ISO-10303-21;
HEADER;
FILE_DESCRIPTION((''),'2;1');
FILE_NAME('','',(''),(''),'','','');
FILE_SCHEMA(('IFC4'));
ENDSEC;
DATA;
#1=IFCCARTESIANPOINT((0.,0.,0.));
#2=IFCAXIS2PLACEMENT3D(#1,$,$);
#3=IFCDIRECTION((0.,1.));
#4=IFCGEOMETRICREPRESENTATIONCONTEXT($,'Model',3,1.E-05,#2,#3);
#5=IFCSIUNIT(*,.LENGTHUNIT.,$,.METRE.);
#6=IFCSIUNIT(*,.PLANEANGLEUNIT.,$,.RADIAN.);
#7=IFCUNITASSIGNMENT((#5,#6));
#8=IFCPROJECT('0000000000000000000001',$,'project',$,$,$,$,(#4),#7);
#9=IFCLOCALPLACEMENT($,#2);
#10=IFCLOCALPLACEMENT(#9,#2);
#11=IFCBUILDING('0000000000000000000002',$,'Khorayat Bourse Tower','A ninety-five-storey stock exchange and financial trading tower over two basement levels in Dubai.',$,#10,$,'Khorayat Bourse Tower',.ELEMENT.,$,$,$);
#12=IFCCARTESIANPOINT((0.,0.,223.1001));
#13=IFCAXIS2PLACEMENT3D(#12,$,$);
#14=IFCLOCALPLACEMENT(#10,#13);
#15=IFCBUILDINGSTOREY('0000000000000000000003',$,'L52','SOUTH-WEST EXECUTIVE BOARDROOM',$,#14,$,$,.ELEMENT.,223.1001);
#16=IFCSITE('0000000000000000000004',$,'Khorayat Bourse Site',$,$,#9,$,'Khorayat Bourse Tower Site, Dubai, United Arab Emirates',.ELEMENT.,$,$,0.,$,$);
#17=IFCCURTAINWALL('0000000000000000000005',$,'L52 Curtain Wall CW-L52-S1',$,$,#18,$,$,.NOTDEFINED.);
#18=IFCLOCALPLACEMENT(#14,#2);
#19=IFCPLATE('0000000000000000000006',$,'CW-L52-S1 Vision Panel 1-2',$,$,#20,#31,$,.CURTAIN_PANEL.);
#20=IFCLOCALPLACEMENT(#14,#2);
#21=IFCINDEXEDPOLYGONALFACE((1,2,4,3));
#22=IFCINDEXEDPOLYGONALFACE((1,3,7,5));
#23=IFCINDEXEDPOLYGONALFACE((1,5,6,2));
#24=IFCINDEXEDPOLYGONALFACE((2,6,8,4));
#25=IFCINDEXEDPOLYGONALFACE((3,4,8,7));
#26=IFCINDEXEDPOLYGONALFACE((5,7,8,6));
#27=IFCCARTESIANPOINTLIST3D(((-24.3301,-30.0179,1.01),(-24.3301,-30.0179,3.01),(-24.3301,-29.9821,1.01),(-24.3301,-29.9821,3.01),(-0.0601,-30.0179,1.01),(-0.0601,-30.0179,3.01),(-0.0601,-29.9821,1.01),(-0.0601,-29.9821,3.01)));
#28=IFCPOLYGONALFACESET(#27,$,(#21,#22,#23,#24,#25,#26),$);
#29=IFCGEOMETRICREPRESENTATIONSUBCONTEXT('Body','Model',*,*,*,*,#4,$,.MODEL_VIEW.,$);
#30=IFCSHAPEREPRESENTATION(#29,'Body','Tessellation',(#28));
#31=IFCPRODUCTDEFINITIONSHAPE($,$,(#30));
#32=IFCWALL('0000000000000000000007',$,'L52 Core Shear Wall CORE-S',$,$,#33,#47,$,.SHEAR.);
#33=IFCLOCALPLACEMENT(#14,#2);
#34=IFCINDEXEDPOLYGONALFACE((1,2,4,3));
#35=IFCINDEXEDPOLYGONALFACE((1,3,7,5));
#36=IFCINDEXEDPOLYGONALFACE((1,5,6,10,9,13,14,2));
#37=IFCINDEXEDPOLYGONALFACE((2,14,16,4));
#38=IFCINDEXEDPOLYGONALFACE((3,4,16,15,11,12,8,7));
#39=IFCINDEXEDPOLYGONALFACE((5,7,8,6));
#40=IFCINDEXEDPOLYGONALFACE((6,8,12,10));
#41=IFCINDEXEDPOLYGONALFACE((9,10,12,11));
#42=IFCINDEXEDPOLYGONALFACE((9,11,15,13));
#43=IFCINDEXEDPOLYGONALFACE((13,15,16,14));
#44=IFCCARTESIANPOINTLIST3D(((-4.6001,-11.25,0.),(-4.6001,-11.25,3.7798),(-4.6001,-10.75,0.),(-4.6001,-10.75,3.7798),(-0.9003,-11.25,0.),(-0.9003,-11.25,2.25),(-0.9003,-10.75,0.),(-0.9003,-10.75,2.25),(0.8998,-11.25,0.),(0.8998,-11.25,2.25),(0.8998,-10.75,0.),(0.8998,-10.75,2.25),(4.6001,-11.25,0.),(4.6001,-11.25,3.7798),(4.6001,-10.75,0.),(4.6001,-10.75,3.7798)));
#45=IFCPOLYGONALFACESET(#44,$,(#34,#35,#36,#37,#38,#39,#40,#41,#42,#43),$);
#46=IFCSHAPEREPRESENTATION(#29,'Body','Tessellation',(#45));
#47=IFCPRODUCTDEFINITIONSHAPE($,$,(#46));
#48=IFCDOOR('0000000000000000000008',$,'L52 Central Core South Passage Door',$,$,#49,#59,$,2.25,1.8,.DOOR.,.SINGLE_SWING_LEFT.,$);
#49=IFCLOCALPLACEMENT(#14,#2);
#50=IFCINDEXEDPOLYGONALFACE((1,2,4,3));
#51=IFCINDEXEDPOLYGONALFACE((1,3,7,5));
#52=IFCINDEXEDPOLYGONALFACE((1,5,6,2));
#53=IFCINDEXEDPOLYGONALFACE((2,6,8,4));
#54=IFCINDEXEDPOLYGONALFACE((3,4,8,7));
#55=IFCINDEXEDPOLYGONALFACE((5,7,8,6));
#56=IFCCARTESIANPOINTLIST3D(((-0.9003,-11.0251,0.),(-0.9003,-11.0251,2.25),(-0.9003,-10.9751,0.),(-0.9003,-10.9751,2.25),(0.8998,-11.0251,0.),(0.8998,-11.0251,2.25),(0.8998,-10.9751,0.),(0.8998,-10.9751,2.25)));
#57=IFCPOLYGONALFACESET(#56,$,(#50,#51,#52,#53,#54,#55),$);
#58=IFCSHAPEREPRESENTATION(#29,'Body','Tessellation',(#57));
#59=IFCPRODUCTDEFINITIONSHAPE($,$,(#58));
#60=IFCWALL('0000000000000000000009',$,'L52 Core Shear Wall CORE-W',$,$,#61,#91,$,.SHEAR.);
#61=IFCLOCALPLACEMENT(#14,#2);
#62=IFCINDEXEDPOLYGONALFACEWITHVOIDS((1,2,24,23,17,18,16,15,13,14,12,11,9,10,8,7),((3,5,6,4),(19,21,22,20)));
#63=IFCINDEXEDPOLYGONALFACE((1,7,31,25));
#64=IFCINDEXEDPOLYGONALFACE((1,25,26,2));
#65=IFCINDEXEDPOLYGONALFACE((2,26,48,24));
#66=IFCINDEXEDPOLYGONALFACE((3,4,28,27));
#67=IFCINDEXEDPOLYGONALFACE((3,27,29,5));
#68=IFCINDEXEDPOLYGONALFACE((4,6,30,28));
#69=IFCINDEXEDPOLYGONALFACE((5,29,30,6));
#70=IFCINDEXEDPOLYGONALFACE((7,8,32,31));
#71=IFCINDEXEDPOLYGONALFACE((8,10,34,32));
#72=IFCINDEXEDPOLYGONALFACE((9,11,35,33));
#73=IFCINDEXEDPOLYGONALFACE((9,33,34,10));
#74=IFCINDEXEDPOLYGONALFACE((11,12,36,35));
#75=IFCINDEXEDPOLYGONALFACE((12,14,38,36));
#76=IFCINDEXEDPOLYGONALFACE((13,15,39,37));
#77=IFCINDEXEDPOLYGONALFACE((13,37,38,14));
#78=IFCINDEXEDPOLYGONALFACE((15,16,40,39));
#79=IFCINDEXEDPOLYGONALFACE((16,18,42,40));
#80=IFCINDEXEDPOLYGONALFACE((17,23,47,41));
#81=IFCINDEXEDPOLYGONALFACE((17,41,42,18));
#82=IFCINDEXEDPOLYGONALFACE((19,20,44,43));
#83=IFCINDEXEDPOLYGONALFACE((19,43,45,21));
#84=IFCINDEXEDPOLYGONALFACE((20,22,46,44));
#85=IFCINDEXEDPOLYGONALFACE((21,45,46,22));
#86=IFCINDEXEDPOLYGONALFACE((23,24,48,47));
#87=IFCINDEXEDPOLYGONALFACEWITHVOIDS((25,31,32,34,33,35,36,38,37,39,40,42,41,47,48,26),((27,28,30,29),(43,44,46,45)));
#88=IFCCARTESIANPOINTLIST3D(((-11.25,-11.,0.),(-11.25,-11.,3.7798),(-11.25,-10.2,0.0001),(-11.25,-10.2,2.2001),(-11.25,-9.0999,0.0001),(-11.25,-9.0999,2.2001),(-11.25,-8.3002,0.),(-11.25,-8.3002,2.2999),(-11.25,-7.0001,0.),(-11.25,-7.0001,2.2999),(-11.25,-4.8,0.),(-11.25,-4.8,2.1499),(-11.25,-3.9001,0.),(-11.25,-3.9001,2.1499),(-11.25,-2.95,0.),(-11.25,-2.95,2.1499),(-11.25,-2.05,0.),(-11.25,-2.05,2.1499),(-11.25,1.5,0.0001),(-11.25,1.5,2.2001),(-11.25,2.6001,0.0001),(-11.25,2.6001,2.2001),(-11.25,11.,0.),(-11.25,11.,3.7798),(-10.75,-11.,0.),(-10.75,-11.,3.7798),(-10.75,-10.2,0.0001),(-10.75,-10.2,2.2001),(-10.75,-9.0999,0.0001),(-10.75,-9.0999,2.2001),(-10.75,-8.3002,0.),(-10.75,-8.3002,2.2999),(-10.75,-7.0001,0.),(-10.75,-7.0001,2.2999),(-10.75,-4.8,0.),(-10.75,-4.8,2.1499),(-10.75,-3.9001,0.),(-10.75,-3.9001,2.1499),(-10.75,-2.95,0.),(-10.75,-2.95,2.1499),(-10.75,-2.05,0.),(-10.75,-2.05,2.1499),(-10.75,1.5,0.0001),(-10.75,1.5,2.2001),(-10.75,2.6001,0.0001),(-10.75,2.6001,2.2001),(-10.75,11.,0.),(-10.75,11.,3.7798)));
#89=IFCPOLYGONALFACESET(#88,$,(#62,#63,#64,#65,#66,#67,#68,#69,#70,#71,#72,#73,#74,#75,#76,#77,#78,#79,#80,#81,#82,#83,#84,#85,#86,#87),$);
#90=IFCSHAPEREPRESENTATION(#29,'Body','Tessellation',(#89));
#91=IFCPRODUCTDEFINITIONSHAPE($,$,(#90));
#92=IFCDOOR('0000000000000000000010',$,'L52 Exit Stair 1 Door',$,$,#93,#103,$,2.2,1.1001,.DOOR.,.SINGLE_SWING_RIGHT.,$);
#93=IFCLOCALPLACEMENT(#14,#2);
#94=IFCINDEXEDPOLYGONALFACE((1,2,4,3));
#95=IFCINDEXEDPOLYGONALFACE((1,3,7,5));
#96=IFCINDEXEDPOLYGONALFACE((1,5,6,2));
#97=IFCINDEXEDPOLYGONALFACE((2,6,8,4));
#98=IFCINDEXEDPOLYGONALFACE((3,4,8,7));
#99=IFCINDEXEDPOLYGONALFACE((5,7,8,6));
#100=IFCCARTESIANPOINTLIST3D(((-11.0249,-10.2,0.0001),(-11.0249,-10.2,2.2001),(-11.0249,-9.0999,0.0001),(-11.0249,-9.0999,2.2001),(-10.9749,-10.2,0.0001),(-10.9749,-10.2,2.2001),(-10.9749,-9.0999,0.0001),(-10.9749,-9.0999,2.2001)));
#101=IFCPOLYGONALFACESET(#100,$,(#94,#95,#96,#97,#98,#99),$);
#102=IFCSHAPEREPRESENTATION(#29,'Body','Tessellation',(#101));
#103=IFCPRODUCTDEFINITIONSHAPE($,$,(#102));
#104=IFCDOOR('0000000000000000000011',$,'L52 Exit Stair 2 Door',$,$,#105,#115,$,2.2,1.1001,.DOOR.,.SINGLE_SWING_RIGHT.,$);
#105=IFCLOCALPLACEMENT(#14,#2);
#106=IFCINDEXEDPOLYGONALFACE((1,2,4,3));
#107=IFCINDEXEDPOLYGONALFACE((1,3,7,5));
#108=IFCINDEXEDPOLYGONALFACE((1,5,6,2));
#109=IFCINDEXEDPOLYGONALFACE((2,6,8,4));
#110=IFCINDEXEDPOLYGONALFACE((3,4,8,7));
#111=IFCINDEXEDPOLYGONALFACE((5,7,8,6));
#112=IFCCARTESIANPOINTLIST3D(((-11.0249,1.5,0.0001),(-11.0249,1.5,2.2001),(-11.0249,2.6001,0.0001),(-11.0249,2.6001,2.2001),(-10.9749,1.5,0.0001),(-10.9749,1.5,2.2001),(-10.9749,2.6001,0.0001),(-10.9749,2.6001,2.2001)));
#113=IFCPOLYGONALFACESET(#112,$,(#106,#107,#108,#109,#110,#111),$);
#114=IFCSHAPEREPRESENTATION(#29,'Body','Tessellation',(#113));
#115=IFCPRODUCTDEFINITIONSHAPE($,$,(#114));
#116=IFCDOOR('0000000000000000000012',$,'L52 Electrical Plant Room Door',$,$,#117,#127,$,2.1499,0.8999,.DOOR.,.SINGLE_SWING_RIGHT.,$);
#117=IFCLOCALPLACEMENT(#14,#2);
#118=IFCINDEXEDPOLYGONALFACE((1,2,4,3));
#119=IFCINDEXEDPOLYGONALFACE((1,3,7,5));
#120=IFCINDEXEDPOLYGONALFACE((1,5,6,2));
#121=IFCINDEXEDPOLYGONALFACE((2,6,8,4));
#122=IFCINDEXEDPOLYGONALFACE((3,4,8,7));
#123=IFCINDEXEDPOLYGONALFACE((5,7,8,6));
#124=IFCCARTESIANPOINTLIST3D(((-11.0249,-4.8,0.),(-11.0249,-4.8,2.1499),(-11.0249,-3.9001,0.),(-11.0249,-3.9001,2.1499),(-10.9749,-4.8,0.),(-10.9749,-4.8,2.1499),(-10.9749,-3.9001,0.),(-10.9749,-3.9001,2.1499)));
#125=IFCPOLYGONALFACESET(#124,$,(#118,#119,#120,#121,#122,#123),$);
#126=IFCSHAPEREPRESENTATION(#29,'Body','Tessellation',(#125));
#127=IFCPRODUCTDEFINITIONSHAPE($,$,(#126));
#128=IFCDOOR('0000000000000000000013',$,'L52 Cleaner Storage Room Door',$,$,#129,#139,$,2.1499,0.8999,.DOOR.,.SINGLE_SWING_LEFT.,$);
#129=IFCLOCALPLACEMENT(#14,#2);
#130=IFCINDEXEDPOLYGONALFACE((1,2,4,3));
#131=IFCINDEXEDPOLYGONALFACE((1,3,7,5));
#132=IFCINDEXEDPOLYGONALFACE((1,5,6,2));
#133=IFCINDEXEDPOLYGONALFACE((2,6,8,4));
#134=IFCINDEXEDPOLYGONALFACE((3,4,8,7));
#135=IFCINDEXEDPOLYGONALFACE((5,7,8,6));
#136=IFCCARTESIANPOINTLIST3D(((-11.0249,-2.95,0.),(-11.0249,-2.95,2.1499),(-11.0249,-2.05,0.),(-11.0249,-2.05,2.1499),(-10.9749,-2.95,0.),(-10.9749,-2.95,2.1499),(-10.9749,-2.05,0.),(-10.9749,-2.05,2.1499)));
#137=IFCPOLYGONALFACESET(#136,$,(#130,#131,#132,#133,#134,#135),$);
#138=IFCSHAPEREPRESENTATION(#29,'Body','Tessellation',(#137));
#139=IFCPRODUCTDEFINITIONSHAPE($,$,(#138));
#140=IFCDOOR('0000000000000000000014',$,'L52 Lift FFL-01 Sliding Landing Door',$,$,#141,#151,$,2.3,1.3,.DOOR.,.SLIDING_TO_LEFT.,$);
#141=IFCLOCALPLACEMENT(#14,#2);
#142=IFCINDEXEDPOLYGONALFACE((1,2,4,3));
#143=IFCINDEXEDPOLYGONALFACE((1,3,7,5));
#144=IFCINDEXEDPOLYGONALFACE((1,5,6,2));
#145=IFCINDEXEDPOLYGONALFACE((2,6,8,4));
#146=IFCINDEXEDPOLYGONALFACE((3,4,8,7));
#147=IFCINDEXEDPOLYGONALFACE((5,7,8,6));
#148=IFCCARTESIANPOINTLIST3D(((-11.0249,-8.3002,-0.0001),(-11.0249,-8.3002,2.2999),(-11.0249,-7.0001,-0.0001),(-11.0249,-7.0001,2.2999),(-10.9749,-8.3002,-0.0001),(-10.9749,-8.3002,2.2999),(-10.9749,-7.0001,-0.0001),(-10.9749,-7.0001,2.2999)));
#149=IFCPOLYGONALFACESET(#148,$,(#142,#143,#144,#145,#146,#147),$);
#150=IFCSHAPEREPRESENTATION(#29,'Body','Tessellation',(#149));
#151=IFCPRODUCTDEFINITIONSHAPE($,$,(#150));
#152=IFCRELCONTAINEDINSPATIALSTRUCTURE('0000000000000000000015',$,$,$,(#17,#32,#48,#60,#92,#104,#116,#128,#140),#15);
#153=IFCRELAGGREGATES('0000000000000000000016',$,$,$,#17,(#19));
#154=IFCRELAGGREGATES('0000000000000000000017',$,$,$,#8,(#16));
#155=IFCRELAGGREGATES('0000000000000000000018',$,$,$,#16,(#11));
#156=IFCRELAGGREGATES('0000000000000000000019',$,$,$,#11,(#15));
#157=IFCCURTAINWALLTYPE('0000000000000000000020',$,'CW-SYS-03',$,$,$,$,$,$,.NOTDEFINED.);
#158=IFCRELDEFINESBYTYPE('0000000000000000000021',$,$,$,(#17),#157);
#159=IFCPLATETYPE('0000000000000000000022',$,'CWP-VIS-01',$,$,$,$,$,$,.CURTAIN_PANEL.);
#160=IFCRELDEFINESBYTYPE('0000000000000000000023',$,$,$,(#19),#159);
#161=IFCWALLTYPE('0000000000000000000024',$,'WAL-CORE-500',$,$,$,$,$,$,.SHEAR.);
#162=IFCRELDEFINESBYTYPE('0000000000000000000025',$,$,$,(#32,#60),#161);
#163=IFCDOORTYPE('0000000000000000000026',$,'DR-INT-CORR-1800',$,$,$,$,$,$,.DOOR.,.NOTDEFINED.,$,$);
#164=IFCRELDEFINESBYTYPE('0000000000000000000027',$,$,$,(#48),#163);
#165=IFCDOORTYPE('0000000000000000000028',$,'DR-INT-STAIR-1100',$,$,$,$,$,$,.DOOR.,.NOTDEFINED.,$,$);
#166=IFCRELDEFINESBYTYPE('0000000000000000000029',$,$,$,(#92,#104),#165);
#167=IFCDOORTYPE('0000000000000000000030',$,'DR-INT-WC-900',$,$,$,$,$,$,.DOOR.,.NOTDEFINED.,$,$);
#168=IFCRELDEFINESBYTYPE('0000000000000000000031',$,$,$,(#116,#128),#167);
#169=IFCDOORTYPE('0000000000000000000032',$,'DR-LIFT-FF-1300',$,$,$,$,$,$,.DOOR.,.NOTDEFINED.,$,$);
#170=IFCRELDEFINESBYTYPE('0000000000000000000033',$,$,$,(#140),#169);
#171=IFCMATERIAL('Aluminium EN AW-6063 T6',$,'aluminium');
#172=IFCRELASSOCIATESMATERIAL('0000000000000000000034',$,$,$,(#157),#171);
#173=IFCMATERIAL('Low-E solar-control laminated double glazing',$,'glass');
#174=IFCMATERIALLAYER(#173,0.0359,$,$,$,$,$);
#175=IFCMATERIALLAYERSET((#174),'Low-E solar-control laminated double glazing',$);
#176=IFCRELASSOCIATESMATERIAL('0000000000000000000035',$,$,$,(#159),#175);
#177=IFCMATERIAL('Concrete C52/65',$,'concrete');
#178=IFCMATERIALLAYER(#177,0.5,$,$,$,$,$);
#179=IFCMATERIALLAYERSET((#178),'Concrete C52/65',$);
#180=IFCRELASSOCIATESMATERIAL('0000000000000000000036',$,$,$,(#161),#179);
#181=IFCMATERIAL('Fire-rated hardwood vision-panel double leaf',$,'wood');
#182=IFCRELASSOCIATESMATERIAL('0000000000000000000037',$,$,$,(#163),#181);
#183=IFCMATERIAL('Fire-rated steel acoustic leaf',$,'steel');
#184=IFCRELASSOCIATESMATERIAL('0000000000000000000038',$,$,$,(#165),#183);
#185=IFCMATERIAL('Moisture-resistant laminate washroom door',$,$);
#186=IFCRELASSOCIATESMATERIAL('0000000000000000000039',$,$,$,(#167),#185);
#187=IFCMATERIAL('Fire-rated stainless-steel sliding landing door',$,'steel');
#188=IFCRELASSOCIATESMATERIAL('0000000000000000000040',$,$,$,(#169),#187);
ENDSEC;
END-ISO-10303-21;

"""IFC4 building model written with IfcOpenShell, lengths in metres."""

from ifc_helpers import new_model, si_unit, direction, frame, frame_2d, origin, origin_2d, place, context, subcontext, project, spatial, rectangle, extrude, source, transform, mapped, material, layer, layer_set, type_object, element, fill, aggregate, save


model = new_model("IFC4")

# Units and contexts
model_context = context("Model", 3, precision=1e-05, world=origin(), true_north=direction((0.0, 1.0)))
body_context = subcontext(model_context, "Body", "Model", "MODEL_VIEW")
ifc_project = project(units=[si_unit("LENGTHUNIT", "METRE"), si_unit("PLANEANGLEUNIT", "RADIAN")], contexts=[model_context])

# Site, building, storey
site_placement = place(None, origin())
site = spatial("IfcSite", under=ifc_project, at=site_placement, Name="Khorayat Bourse Site", LongName="Khorayat Bourse Tower Site, Dubai, United Arab Emirates", CompositionType="ELEMENT", RefElevation=0.0)
building_placement = place(site_placement, origin())
building = spatial("IfcBuilding", under=site, at=building_placement, Name="Khorayat Bourse Tower", Description="A ninety-five-storey stock exchange and financial trading tower over two basement levels in Dubai.", LongName="Khorayat Bourse Tower", CompositionType="ELEMENT")
storey_placement = place(building_placement, frame((0.0, 0.0, 223.1001)))
storey = spatial("IfcBuildingStorey", under=building, at=storey_placement, Name="L52", Description="SOUTH-WEST EXECUTIVE BOARDROOM", CompositionType="ELEMENT", Elevation=223.1001)

# Curtain wall
ifc_material_1 = material(Name="Aluminium EN AW-6063 T6", Category="aluminium")
curtain_wall_type = type_object("IfcCurtainWallType", Name="CW-SYS-03", PredefinedType="NOTDEFINED", material=ifc_material_1)
curtain_wall_placement = place(storey_placement, origin())
curtain_wall = element("IfcCurtainWall", 1, at=curtain_wall_placement, inside=storey, type_object=curtain_wall_type, Name="L52 Curtain Wall CW-L52-S1", PredefinedType="NOTDEFINED")

# Plate
ifc_material_2 = material(Name="Low-E solar-control laminated double glazing", Category="glass")
ifc_layer_1 = layer(ifc_material_2, 0.0359)
ifc_layer_set_1 = layer_set([ifc_layer_1], Name="Low-E solar-control laminated double glazing")
plate_type_1 = type_object("IfcPlateType", Name="CWP-VIS-01", PredefinedType="CURTAIN_PANEL", material=ifc_layer_set_1)
shared_shape_1 = source(origin(), body_context, "Body", "SweptSolid", [
    extrude(rectangle(XDim=24.27, YDim=0.0359, at=origin_2d()), origin(), (0.0, 0.0, 1.0), 2.0),
])
plate_1_placement = place(storey_placement, frame((-12.1951, -30.0, 1.01), z_axis=(0.0, 0.0, 1.0), x_axis=(1.0, 0.0, 0.0)))
plate_1 = element("IfcPlate", 2, at=plate_1_placement, type_object=plate_type_1, Name="CW-L52-S1 Vision Panel 1-2", PredefinedType="CURTAIN_PANEL", context=body_context, shape_type="MappedRepresentation", body=[
    mapped(shared_shape_1, transform((0.0, 0.0, 0.0), scale=1.0)),
])
aggregate(curtain_wall, [plate_1])

# Wall, opening, door
ifc_material_3 = material(Name="Concrete C52/65", Category="concrete")
ifc_layer_2 = layer(ifc_material_3, 0.5)
ifc_layer_set_2 = layer_set([ifc_layer_2], Name="Concrete C52/65")
wall_type_1 = type_object("IfcWallType", Name="WAL-CORE-500", PredefinedType="SHEAR", material=ifc_layer_set_2)
shared_shape_2 = source(origin(), body_context, "Body", "SweptSolid", [
    extrude(rectangle(XDim=9.2002, YDim=0.5, at=frame_2d((4.6001, 0.0))), origin(), (0.0, 0.0, 1.0), 3.7798),
])
wall_1_placement = place(storey_placement, frame((-4.6001, -11.0, 0.0), z_axis=(0.0, 0.0, 1.0), x_axis=(1.0, 0.0, 0.0)))
wall_1 = element("IfcWall", 3, at=wall_1_placement, inside=storey, type_object=wall_type_1, Name="L52 Core Shear Wall CORE-S", PredefinedType="SHEAR", context=body_context, shape_type="MappedRepresentation", body=[
    mapped(shared_shape_2, transform((0.0, 0.0, 0.0), scale=1.0)),
])
shared_shape_3 = source(origin(), body_context, "Body", "SweptSolid", [
    extrude(rectangle(XDim=1.8, YDim=2.25, at=frame_2d((0.8999, 1.125))), frame((0.0, 0.26, 0.0), z_axis=(0.0, -1.0, 0.0), x_axis=(1.0, 0.0, 0.0)), (0.0, 0.0, 1.0), 0.52),
])
opening_1_placement = place(wall_1_placement, frame((3.7, 0.0, 0.0)))
opening_1 = element("IfcOpeningElement", 4, at=opening_1_placement, cuts=wall_1, PredefinedType="OPENING", context=body_context, shape_type="MappedRepresentation", body=[
    mapped(shared_shape_3, transform((0.0, 0.0, 0.0), scale=1.0)),
])
ifc_material_4 = material(Name="Fire-rated hardwood vision-panel double leaf", Category="wood")
door_type_1 = type_object("IfcDoorType", Name="DR-INT-CORR-1800", OperationType="NOTDEFINED", PredefinedType="DOOR", material=ifc_material_4)
shared_shape_4 = source(origin(), body_context, "Body", "SweptSolid", [
    extrude(rectangle(XDim=1.8, YDim=2.25, at=frame_2d((0.8999, 1.125))), frame((0.0, 0.0249, 0.0), z_axis=(0.0, -1.0, 0.0), x_axis=(1.0, 0.0, 0.0)), (0.0, 0.0, 1.0), 0.05),
])
door_1_placement = place(opening_1_placement, origin())
door_1 = element("IfcDoor", 5, at=door_1_placement, inside=storey, type_object=door_type_1, Name="L52 Central Core South Passage Door", OperationType="SINGLE_SWING_LEFT", OverallHeight=2.25, OverallWidth=1.8, PredefinedType="DOOR", context=body_context, shape_type="MappedRepresentation", body=[
    mapped(shared_shape_4, transform((0.0, 0.0, 0.0), scale=1.0)),
])
fill(opening_1, door_1)

# Wall, openings, doors
shared_shape_5 = source(origin(), body_context, "Body", "SweptSolid", [
    extrude(rectangle(XDim=22.0, YDim=0.5, at=frame_2d((11.0, 0.0))), origin(), (0.0, 0.0, 1.0), 3.7798),
])
wall_2_placement = place(storey_placement, frame((-11.0, -11.0, 0.0), z_axis=(0.0, 0.0, 1.0), x_axis=(0.0, 1.0, 0.0)))
wall_2 = element("IfcWall", 6, at=wall_2_placement, inside=storey, type_object=wall_type_1, Name="L52 Core Shear Wall CORE-W", PredefinedType="SHEAR", context=body_context, shape_type="MappedRepresentation", body=[
    mapped(shared_shape_5, transform((0.0, 0.0, 0.0), scale=1.0)),
])
shared_shape_6 = source(origin(), body_context, "Body", "SweptSolid", [
    extrude(rectangle(XDim=1.1001, YDim=2.2, at=frame_2d((0.55, 1.1001))), frame((0.0, 0.26, 0.0), z_axis=(0.0, -1.0, 0.0), x_axis=(1.0, 0.0, 0.0)), (0.0, 0.0, 1.0), 0.52),
])
opening_2_placement = place(wall_2_placement, frame((0.8, 0.0, 0.0)))
opening_2 = element("IfcOpeningElement", 7, at=opening_2_placement, cuts=wall_2, PredefinedType="OPENING", context=body_context, shape_type="MappedRepresentation", body=[
    mapped(shared_shape_6, transform((0.0, 0.0, 0.0), scale=1.0)),
])
opening_3_placement = place(wall_2_placement, frame((12.5, 0.0, 0.0)))
opening_3 = element("IfcOpeningElement", 8, at=opening_3_placement, cuts=wall_2, PredefinedType="OPENING", context=body_context, shape_type="MappedRepresentation", body=[
    mapped(shared_shape_6, transform((0.0, 0.0, 0.0), scale=1.0)),
])
shared_shape_7 = source(origin(), body_context, "Body", "SweptSolid", [
    extrude(rectangle(XDim=0.8999, YDim=2.1499, at=frame_2d((0.45, 1.075))), frame((0.0, 0.26, 0.0), z_axis=(0.0, -1.0, 0.0), x_axis=(1.0, 0.0, 0.0)), (0.0, 0.0, 1.0), 0.52),
])
opening_4_placement = place(wall_2_placement, frame((6.2, 0.0, 0.0)))
opening_4 = element("IfcOpeningElement", 9, at=opening_4_placement, cuts=wall_2, PredefinedType="OPENING", context=body_context, shape_type="MappedRepresentation", body=[
    mapped(shared_shape_7, transform((0.0, 0.0, 0.0), scale=1.0)),
])
opening_5_placement = place(wall_2_placement, frame((8.05, 0.0, 0.0)))
opening_5 = element("IfcOpeningElement", 10, at=opening_5_placement, cuts=wall_2, PredefinedType="OPENING", context=body_context, shape_type="MappedRepresentation", body=[
    mapped(shared_shape_7, transform((0.0, 0.0, 0.0), scale=1.0)),
])
shared_shape_8 = source(origin(), body_context, "Body", "SweptSolid", [
    extrude(rectangle(XDim=1.3, YDim=2.3, at=frame_2d((0.6499, 1.1499))), frame((0.0, 0.26, 0.0), z_axis=(0.0, -1.0, 0.0), x_axis=(1.0, 0.0, 0.0)), (0.0, 0.0, 1.0), 0.52),
])
opening_6_placement = place(wall_2_placement, frame((2.7, 0.0, 0.0)))
opening_6 = element("IfcOpeningElement", 11, at=opening_6_placement, cuts=wall_2, PredefinedType="OPENING", context=body_context, shape_type="MappedRepresentation", body=[
    mapped(shared_shape_8, transform((0.0, 0.0, 0.0), scale=1.0)),
])
ifc_material_5 = material(Name="Fire-rated steel acoustic leaf", Category="steel")
door_type_2 = type_object("IfcDoorType", Name="DR-INT-STAIR-1100", OperationType="NOTDEFINED", PredefinedType="DOOR", material=ifc_material_5)
shared_shape_9 = source(origin(), body_context, "Body", "SweptSolid", [
    extrude(rectangle(XDim=1.1001, YDim=2.2, at=frame_2d((0.55, 1.1001))), frame((0.0, 0.0249, 0.0), z_axis=(0.0, -1.0, 0.0), x_axis=(1.0, 0.0, 0.0)), (0.0, 0.0, 1.0), 0.05),
])
door_2_placement = place(opening_2_placement, origin())
door_2 = element("IfcDoor", 12, at=door_2_placement, inside=storey, type_object=door_type_2, Name="L52 Exit Stair 1 Door", OperationType="SINGLE_SWING_RIGHT", OverallHeight=2.2, OverallWidth=1.1001, PredefinedType="DOOR", context=body_context, shape_type="MappedRepresentation", body=[
    mapped(shared_shape_9, transform((0.0, 0.0, 0.0), scale=1.0)),
])
fill(opening_2, door_2)
door_3_placement = place(opening_3_placement, origin())
door_3 = element("IfcDoor", 13, at=door_3_placement, inside=storey, type_object=door_type_2, Name="L52 Exit Stair 2 Door", OperationType="SINGLE_SWING_RIGHT", OverallHeight=2.2, OverallWidth=1.1001, PredefinedType="DOOR", context=body_context, shape_type="MappedRepresentation", body=[
    mapped(shared_shape_9, transform((0.0, 0.0, 0.0), scale=1.0)),
])
fill(opening_3, door_3)
ifc_material_6 = material(Name="Moisture-resistant laminate washroom door")
door_type_3 = type_object("IfcDoorType", Name="DR-INT-WC-900", OperationType="NOTDEFINED", PredefinedType="DOOR", material=ifc_material_6)
shared_shape_10 = source(origin(), body_context, "Body", "SweptSolid", [
    extrude(rectangle(XDim=0.8999, YDim=2.1499, at=frame_2d((0.45, 1.075))), frame((0.0, 0.0249, 0.0), z_axis=(0.0, -1.0, 0.0), x_axis=(1.0, 0.0, 0.0)), (0.0, 0.0, 1.0), 0.05),
])
door_4_placement = place(opening_4_placement, origin())
door_4 = element("IfcDoor", 14, at=door_4_placement, inside=storey, type_object=door_type_3, Name="L52 Electrical Plant Room Door", OperationType="SINGLE_SWING_RIGHT", OverallHeight=2.1499, OverallWidth=0.8999, PredefinedType="DOOR", context=body_context, shape_type="MappedRepresentation", body=[
    mapped(shared_shape_10, transform((0.0, 0.0, 0.0), scale=1.0)),
])
fill(opening_4, door_4)
door_5_placement = place(opening_5_placement, origin())
door_5 = element("IfcDoor", 15, at=door_5_placement, inside=storey, type_object=door_type_3, Name="L52 Cleaner Storage Room Door", OperationType="SINGLE_SWING_LEFT", OverallHeight=2.1499, OverallWidth=0.8999, PredefinedType="DOOR", context=body_context, shape_type="MappedRepresentation", body=[
    mapped(shared_shape_10, transform((0.0, 0.0, 0.0), scale=1.0)),
])
fill(opening_5, door_5)
ifc_material_7 = material(Name="Fire-rated stainless-steel sliding landing door", Category="steel")
door_type_4 = type_object("IfcDoorType", Name="DR-LIFT-FF-1300", OperationType="NOTDEFINED", PredefinedType="DOOR", material=ifc_material_7)
shared_shape_11 = source(origin(), body_context, "Body", "SweptSolid", [
    extrude(rectangle(XDim=1.3, YDim=2.3, at=frame_2d((0.6499, 1.1499))), frame((0.0, 0.0249, 0.0), z_axis=(0.0, -1.0, 0.0), x_axis=(1.0, 0.0, 0.0)), (0.0, 0.0, 1.0), 0.05),
])
door_6_placement = place(opening_6_placement, origin())
door_6 = element("IfcDoor", 16, at=door_6_placement, inside=storey, type_object=door_type_4, Name="L52 Lift FFL-01 Sliding Landing Door", OperationType="SLIDING_TO_LEFT", OverallHeight=2.3, OverallWidth=1.3, PredefinedType="DOOR", context=body_context, shape_type="MappedRepresentation", body=[
    mapped(shared_shape_11, transform((0.0, 0.0, 0.0), scale=1.0)),
])
fill(opening_6, door_6)

save(model, "model.ifc")
